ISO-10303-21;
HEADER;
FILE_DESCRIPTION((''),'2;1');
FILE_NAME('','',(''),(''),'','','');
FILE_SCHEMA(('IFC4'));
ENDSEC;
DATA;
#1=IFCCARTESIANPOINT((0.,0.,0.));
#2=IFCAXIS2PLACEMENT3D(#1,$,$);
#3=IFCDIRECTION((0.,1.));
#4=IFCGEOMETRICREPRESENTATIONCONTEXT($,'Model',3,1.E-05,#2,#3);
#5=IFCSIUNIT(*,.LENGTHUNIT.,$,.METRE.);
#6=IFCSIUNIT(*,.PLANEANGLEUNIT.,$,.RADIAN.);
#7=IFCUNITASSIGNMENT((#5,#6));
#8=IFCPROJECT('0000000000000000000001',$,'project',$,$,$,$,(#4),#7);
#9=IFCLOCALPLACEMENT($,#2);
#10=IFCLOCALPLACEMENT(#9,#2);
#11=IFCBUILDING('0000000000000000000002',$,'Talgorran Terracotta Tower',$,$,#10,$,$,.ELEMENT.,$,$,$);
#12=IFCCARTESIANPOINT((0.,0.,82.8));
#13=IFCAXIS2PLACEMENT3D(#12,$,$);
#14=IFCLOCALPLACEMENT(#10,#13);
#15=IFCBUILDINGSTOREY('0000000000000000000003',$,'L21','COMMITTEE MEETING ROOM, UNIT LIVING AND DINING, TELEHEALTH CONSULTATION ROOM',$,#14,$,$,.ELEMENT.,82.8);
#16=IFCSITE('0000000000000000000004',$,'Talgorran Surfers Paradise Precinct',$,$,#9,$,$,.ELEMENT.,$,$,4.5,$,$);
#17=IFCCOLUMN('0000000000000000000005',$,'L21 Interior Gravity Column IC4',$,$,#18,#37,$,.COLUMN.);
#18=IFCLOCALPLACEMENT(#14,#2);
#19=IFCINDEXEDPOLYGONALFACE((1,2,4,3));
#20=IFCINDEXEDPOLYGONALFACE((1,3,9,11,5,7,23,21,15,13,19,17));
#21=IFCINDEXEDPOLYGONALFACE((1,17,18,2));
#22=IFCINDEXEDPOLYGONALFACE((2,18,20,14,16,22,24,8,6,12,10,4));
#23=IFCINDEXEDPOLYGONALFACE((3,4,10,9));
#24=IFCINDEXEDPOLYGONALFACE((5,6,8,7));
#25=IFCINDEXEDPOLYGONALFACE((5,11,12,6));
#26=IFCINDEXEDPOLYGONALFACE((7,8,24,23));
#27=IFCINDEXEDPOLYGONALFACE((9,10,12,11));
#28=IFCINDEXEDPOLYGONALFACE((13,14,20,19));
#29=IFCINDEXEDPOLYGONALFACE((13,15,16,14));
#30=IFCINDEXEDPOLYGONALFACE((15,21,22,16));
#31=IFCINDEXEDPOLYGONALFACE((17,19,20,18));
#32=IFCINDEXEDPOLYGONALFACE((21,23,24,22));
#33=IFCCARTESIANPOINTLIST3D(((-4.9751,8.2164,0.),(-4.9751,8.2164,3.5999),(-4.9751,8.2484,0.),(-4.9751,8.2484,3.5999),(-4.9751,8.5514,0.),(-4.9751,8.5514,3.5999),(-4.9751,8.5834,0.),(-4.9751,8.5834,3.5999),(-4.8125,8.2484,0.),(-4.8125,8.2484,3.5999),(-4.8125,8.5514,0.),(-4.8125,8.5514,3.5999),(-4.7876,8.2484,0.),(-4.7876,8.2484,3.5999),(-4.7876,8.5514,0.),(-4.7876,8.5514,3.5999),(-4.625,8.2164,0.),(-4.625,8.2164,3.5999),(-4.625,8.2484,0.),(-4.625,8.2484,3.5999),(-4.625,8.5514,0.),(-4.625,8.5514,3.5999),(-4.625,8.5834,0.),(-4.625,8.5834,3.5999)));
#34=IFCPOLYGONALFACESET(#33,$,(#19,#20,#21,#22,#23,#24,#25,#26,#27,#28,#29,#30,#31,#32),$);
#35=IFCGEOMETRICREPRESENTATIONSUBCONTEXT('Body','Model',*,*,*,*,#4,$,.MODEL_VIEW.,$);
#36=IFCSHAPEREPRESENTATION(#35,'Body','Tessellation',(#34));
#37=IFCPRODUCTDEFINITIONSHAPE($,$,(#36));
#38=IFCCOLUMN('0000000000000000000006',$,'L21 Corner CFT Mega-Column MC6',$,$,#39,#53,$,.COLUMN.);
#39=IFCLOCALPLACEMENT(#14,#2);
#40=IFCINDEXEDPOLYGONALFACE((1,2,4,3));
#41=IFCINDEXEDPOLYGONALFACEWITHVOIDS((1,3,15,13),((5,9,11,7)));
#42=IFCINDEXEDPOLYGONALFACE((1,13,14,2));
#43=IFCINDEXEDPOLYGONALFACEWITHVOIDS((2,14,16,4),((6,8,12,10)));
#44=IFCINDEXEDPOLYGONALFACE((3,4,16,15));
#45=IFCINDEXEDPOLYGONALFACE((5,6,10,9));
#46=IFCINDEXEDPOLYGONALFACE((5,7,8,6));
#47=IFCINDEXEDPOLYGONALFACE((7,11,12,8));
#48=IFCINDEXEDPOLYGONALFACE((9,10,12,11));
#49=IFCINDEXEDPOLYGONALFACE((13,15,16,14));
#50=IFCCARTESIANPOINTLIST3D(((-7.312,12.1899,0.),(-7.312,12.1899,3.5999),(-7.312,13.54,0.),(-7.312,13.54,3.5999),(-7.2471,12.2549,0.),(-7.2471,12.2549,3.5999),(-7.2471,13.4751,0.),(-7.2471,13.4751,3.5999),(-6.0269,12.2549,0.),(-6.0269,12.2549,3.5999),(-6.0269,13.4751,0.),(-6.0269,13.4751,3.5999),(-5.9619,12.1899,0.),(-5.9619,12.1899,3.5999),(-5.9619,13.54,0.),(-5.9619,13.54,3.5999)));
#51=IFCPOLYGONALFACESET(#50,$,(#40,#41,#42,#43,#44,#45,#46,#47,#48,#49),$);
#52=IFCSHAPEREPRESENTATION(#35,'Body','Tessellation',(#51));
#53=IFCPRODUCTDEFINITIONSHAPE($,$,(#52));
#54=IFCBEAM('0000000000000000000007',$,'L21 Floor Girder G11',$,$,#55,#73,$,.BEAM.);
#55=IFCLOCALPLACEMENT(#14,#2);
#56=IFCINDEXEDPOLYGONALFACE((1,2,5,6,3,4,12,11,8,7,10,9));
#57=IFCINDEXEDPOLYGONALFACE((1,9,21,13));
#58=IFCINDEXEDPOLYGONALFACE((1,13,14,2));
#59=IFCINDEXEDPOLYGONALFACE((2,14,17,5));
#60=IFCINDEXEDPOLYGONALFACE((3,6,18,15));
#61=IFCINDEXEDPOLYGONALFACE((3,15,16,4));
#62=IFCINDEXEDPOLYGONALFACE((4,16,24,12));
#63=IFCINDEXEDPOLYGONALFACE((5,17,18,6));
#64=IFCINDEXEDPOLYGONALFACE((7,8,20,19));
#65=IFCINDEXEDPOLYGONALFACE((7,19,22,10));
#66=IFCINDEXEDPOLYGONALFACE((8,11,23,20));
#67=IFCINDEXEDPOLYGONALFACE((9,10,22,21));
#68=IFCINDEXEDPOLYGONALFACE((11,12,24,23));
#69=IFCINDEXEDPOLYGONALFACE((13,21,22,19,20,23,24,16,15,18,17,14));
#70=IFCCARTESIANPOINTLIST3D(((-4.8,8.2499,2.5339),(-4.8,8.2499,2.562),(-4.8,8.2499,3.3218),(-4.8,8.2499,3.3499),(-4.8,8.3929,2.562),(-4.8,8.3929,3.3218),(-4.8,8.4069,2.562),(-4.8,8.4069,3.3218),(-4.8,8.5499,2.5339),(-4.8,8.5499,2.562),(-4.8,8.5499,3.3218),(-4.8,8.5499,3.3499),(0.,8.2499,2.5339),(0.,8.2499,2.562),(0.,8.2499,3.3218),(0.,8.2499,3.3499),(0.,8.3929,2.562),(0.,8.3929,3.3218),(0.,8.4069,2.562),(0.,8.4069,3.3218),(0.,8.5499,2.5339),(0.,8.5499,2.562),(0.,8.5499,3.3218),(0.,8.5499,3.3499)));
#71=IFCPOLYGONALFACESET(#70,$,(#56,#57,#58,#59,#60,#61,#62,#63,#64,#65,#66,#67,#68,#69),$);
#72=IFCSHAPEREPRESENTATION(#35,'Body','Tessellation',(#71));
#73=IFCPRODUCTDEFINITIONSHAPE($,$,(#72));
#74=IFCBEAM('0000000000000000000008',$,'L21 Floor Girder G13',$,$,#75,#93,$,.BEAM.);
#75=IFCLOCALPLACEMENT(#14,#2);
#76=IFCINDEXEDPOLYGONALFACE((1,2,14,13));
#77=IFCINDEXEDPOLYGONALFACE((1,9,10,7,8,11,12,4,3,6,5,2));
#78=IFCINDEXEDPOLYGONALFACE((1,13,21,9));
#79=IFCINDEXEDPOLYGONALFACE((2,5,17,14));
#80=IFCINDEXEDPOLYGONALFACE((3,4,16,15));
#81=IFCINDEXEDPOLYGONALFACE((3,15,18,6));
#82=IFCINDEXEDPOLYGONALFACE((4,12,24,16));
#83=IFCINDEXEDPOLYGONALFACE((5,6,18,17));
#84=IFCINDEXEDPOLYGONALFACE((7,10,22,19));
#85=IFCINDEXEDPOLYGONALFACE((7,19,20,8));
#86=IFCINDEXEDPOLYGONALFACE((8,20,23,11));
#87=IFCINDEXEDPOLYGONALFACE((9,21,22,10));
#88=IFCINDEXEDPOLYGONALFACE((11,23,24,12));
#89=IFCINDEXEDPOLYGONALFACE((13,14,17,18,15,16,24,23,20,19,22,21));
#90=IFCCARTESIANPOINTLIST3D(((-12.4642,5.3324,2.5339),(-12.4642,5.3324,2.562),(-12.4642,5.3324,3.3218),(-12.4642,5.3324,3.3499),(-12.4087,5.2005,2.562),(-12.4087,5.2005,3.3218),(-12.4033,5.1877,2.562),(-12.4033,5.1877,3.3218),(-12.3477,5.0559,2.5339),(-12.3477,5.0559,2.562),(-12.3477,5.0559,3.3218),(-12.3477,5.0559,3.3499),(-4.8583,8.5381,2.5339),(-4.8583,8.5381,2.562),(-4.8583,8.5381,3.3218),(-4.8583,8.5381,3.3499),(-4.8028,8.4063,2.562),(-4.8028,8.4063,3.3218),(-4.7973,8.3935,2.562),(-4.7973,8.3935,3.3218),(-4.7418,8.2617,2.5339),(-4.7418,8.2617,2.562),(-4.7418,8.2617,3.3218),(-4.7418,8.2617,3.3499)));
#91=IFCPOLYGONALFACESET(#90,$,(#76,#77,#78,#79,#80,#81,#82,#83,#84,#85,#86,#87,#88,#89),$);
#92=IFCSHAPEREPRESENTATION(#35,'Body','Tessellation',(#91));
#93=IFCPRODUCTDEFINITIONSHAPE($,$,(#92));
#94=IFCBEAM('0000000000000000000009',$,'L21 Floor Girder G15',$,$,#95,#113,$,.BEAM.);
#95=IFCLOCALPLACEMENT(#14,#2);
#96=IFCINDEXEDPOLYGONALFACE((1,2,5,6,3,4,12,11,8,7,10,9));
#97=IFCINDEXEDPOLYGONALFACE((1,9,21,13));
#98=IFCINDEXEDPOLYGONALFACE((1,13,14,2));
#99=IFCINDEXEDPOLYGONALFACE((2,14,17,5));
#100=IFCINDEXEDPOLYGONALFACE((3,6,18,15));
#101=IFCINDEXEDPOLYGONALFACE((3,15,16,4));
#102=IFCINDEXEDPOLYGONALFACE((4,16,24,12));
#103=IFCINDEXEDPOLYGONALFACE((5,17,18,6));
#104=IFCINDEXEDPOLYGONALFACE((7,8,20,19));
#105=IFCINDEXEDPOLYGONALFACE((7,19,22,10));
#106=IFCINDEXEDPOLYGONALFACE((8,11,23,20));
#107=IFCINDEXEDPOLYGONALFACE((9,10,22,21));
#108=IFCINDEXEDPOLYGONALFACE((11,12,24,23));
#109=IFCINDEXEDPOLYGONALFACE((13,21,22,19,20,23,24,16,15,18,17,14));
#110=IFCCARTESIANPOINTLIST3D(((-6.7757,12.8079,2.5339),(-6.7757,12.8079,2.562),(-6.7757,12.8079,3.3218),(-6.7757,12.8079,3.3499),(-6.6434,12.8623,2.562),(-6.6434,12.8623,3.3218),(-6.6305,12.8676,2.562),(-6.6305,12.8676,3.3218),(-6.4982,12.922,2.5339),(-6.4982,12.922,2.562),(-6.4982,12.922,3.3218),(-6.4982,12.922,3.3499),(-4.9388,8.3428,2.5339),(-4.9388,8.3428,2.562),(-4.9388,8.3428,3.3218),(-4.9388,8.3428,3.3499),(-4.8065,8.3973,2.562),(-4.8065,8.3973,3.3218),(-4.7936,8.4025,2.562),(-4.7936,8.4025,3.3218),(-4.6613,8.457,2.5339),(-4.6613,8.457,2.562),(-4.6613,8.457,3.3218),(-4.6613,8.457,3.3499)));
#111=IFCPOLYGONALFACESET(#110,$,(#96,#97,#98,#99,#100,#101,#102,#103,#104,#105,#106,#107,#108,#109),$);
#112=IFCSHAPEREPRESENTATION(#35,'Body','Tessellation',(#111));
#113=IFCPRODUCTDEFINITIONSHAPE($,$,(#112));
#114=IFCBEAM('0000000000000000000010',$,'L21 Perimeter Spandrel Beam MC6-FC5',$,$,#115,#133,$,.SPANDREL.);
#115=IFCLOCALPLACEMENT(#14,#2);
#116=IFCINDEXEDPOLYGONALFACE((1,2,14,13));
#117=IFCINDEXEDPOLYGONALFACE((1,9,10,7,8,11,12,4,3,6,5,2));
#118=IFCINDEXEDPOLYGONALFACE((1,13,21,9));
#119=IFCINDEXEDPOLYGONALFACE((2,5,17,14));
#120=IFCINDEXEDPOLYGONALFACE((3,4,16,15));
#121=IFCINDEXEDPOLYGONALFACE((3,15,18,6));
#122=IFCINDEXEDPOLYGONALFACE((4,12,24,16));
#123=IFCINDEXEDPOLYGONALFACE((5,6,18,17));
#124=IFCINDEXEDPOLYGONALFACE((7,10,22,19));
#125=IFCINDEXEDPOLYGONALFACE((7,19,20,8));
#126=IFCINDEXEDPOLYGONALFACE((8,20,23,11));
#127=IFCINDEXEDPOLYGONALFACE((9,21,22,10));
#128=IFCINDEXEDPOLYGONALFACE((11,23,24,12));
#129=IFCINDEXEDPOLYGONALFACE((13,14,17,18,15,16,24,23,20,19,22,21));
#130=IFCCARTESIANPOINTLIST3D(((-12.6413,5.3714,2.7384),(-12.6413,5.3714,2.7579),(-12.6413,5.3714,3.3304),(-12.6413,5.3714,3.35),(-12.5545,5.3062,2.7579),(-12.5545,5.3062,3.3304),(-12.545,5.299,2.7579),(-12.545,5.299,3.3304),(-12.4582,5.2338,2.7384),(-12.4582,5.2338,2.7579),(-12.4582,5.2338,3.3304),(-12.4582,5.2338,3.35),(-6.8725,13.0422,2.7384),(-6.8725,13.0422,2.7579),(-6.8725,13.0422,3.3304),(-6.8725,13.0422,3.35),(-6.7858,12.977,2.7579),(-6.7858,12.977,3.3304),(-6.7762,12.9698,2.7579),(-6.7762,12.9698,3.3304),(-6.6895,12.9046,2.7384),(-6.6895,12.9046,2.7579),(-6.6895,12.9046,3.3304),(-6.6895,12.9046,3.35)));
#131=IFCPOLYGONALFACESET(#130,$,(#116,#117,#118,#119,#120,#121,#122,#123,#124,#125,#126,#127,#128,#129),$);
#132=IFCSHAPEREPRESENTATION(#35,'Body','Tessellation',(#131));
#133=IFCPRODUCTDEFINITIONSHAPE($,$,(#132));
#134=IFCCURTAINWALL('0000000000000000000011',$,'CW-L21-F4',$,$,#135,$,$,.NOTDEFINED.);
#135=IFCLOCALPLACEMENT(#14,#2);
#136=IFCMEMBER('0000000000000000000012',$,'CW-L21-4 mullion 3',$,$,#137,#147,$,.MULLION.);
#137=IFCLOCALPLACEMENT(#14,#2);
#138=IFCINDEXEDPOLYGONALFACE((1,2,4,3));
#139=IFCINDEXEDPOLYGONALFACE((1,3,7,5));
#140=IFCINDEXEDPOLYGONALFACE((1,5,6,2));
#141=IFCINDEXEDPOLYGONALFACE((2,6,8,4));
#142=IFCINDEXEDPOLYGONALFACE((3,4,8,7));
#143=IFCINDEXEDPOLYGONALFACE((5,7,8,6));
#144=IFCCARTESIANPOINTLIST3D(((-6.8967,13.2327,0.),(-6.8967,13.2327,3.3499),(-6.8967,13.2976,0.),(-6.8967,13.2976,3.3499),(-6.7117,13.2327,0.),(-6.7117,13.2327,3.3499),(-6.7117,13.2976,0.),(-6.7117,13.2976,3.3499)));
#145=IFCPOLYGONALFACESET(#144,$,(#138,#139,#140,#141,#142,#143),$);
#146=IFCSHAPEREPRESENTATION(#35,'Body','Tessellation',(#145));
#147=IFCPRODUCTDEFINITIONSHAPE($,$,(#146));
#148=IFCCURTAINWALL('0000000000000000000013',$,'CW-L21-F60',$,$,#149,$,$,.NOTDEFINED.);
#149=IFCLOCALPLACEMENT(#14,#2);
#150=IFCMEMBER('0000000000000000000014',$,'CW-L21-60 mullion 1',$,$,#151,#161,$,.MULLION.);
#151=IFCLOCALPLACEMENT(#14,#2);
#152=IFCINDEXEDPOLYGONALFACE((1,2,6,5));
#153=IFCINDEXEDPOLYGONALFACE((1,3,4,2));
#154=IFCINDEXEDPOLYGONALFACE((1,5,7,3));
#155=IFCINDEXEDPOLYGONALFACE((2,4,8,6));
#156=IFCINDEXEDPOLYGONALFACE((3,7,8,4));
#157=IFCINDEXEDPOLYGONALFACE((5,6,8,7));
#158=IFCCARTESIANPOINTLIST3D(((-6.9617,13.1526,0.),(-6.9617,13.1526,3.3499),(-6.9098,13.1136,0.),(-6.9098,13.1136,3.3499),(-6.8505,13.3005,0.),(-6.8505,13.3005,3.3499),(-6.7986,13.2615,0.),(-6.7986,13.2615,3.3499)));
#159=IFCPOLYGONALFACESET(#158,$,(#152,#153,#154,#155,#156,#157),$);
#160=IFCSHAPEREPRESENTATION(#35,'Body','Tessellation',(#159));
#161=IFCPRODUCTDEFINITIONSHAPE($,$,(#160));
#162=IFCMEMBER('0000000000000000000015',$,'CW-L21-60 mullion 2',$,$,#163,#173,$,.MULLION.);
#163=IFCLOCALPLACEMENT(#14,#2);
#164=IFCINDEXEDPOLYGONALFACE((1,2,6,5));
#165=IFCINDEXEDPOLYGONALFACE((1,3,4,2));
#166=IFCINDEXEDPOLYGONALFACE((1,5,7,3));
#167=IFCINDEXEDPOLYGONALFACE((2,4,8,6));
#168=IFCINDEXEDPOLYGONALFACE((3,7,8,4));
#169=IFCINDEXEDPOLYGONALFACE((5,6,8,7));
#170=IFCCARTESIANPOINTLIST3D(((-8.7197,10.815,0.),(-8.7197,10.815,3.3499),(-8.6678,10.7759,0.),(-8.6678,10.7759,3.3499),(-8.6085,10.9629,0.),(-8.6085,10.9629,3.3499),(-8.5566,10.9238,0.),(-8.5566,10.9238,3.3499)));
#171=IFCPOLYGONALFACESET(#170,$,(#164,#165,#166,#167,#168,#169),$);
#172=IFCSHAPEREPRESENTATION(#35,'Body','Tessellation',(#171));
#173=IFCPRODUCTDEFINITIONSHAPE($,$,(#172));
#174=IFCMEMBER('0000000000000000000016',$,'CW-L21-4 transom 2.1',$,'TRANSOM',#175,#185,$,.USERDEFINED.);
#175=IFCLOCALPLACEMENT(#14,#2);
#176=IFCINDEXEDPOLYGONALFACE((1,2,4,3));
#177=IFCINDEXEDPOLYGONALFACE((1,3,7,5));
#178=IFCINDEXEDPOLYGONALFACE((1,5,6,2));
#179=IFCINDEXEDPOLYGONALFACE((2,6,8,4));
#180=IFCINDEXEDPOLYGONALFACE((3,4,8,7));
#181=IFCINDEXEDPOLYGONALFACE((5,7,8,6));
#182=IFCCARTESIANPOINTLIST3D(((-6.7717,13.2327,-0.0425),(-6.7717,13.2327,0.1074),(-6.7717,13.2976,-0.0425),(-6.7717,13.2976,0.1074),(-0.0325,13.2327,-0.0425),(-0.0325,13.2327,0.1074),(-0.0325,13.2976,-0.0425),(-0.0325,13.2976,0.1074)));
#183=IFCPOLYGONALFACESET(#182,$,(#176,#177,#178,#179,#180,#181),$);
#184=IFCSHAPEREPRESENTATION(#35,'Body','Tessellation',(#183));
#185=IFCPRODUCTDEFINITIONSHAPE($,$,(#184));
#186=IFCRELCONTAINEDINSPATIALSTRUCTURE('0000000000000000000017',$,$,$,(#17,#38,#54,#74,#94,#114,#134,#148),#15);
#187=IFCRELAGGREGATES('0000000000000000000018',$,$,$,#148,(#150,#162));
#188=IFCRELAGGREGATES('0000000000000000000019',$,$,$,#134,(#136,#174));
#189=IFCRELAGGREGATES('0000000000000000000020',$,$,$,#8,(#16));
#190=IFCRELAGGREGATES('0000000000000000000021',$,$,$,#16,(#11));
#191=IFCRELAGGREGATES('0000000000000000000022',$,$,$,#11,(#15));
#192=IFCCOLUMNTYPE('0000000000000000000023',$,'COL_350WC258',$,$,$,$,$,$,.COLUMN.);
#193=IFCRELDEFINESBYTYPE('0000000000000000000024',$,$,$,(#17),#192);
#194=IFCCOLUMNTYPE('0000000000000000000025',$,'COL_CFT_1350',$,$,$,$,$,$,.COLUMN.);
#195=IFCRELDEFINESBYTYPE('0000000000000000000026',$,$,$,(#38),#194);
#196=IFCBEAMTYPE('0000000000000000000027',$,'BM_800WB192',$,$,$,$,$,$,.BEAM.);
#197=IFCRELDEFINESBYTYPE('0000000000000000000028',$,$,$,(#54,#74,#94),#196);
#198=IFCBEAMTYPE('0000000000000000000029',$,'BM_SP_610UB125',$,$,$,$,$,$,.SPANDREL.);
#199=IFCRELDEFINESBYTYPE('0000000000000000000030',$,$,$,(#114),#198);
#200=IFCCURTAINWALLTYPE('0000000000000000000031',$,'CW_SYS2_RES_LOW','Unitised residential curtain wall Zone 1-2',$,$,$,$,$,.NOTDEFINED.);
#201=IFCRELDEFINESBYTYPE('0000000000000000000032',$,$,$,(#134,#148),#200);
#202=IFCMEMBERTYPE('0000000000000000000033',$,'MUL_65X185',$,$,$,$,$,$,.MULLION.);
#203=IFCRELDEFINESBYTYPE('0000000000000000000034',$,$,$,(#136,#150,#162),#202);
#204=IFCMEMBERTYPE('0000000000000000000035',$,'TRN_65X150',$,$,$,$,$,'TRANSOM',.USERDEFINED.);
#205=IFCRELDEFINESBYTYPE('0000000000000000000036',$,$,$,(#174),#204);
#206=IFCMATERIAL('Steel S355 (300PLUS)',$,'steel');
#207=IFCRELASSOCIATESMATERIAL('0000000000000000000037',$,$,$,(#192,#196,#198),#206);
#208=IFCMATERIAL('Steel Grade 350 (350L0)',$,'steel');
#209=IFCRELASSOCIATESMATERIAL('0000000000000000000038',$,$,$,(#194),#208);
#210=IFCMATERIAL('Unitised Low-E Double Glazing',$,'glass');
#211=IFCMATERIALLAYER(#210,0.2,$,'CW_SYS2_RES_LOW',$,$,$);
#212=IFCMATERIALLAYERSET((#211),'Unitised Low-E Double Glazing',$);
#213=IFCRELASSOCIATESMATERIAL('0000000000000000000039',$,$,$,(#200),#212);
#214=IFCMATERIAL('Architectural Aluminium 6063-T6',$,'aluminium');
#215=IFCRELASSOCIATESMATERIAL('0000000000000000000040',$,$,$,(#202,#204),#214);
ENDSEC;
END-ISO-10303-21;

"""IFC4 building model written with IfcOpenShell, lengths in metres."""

from ifc_helpers import new_model, si_unit, direction, frame, origin, origin_2d, place, context, subcontext, project, spatial, rectangle, hollow_rectangle, i_section, extrude, material, layer, layer_set, material_profile, profile_set, type_object, element, aggregate, save


model = new_model("IFC4")

# Units and contexts
model_context = context("Model", 3, precision=1e-05, world=origin(), true_north=direction((0.0, 1.0)))
body_context = subcontext(model_context, "Body", "Model", "MODEL_VIEW")
ifc_project = project(units=[si_unit("LENGTHUNIT", "METRE"), si_unit("PLANEANGLEUNIT", "RADIAN")], contexts=[model_context])

# Site, building, storey
site_placement = place(None, origin())
site = spatial("IfcSite", under=ifc_project, at=site_placement, Name="Talgorran Surfers Paradise Precinct", CompositionType="ELEMENT", RefElevation=4.5)
building_placement = place(site_placement, origin())
building = spatial("IfcBuilding", under=site, at=building_placement, Name="Talgorran Terracotta Tower", CompositionType="ELEMENT")
storey_placement = place(building_placement, frame((0.0, 0.0, 82.8)))
storey = spatial("IfcBuildingStorey", under=building, at=storey_placement, Name="L21", Description="COMMITTEE MEETING ROOM, UNIT LIVING AND DINING, TELEHEALTH CONSULTATION ROOM", CompositionType="ELEMENT", Elevation=82.8)

# Columns
ifc_material_1 = material(Name="Steel S355 (300PLUS)", Category="steel")
ifc_material_profile_1 = material_profile(ifc_material_1, i_section(OverallWidth=0.3501, OverallDepth=0.3669, WebThickness=0.0249, FlangeThickness=0.032, at=origin_2d()), Name="350WC258")
ifc_profile_set_1 = profile_set([ifc_material_profile_1], Name="Steel S355 (300PLUS)")
column_type_1 = type_object("IfcColumnType", Name="COL_350WC258", PredefinedType="COLUMN", material=ifc_profile_set_1)
column_1_placement = place(storey_placement, frame((-4.8, 8.3999, 0.0), z_axis=(0.0, 0.0, 1.0), x_axis=(1.0, 0.0, 0.0)))
element("IfcColumn", 1, at=column_1_placement, inside=storey, type_object=column_type_1, Name="L21 Interior Gravity Column IC4", PredefinedType="COLUMN", context=body_context, shape_type="SweptSolid", body=[
    extrude(i_section(OverallWidth=0.3501, OverallDepth=0.3669, WebThickness=0.0249, FlangeThickness=0.032, at=origin_2d()), origin(), (0.0, 0.0, 1.0), 3.5999),
])
ifc_material_2 = material(Name="Steel Grade 350 (350L0)", Category="steel")
ifc_material_profile_2 = material_profile(ifc_material_2, hollow_rectangle(XDim=1.3501, YDim=1.3501, WallThickness=0.0649, at=origin_2d()), Name="CFT1350X1350X65")
ifc_profile_set_2 = profile_set([ifc_material_profile_2], Name="Steel Grade 350 (350L0)")
column_type_2 = type_object("IfcColumnType", Name="COL_CFT_1350", PredefinedType="COLUMN", material=ifc_profile_set_2)
column_2_placement = place(storey_placement, frame((-6.637, 12.865, 0.0), z_axis=(0.0, 0.0, 1.0), x_axis=(1.0, 0.0, 0.0)))
element("IfcColumn", 2, at=column_2_placement, inside=storey, type_object=column_type_2, Name="L21 Corner CFT Mega-Column MC6", PredefinedType="COLUMN", context=body_context, shape_type="SweptSolid", body=[
    extrude(hollow_rectangle(XDim=1.3501, YDim=1.3501, WallThickness=0.0649, at=origin_2d()), origin(), (0.0, 0.0, 1.0), 3.5999),
])

# Beams
ifc_material_profile_3 = material_profile(ifc_material_1, i_section(OverallWidth=0.3, OverallDepth=0.8159, WebThickness=0.0139, FlangeThickness=0.0281, at=origin_2d()), Name="800WB192")
ifc_profile_set_3 = profile_set([ifc_material_profile_3], Name="Steel S355 (300PLUS)")
beam_type_1 = type_object("IfcBeamType", Name="BM_800WB192", PredefinedType="BEAM", material=ifc_profile_set_3)
beam_1_placement = place(storey_placement, frame((-4.8, 8.3999, 2.9419), z_axis=(1.0, 0.0, 0.0), x_axis=(0.0, 1.0, 0.0)))
element("IfcBeam", 3, at=beam_1_placement, inside=storey, type_object=beam_type_1, Name="L21 Floor Girder G11", PredefinedType="BEAM", context=body_context, shape_type="SweptSolid", body=[
    extrude(i_section(OverallWidth=0.3, OverallDepth=0.8159, WebThickness=0.0139, FlangeThickness=0.0281, at=origin_2d()), origin(), (0.0, 0.0, 1.0), 4.8),
])
beam_2_placement = place(storey_placement, frame((-4.8, 8.3999, 2.9419), z_axis=(-0.921492, -0.388397, 0.0), x_axis=(0.388397, -0.921492, 0.0)))
element("IfcBeam", 4, at=beam_2_placement, inside=storey, type_object=beam_type_1, Name="L21 Floor Girder G13", PredefinedType="BEAM", context=body_context, shape_type="SweptSolid", body=[
    extrude(i_section(OverallWidth=0.3, OverallDepth=0.8159, WebThickness=0.0139, FlangeThickness=0.0281, at=origin_2d()), origin(), (0.0, 0.0, 1.0), 8.2539),
])
beam_3_placement = place(storey_placement, frame((-4.8, 8.3999, 2.9419), z_axis=(-0.380457, 0.924798, 0.0), x_axis=(-0.924798, -0.380457, 0.0)))
element("IfcBeam", 5, at=beam_3_placement, inside=storey, type_object=beam_type_1, Name="L21 Floor Girder G15", PredefinedType="BEAM", context=body_context, shape_type="SweptSolid", body=[
    extrude(i_section(OverallWidth=0.3, OverallDepth=0.8159, WebThickness=0.0139, FlangeThickness=0.0281, at=origin_2d()), origin(), (0.0, 0.0, 1.0), 4.8281),
])
ifc_material_profile_4 = material_profile(ifc_material_1, i_section(OverallWidth=0.229, OverallDepth=0.6116, WebThickness=0.012, FlangeThickness=0.0195, at=origin_2d()), Name="610UB125")
ifc_profile_set_4 = profile_set([ifc_material_profile_4], Name="Steel S355 (300PLUS)")
beam_type_2 = type_object("IfcBeamType", Name="BM_SP_610UB125", PredefinedType="SPANDREL", material=ifc_profile_set_4)
beam_4_placement = place(storey_placement, frame((-6.781, 12.9734, 3.0442), z_axis=(-0.601041, -0.799218, 0.0), x_axis=(0.799218, -0.601041, 0.0)))
element("IfcBeam", 6, at=beam_4_placement, inside=storey, type_object=beam_type_2, Name="L21 Perimeter Spandrel Beam MC6-FC5", PredefinedType="SPANDREL", context=body_context, shape_type="SweptSolid", body=[
    extrude(i_section(OverallWidth=0.229, OverallDepth=0.6116, WebThickness=0.012, FlangeThickness=0.0195, at=origin_2d()), origin(), (0.0, 0.0, 1.0), 9.5979),
])

# Curtain wall, member
ifc_material_3 = material(Name="Unitised Low-E Double Glazing", Category="glass")
ifc_layer_1 = layer(ifc_material_3, 0.2, Name="CW_SYS2_RES_LOW")
ifc_layer_set_1 = layer_set([ifc_layer_1], Name="Unitised Low-E Double Glazing")
curtain_wall_type = type_object("IfcCurtainWallType", Name="CW_SYS2_RES_LOW", Description="Unitised residential curtain wall Zone 1-2", PredefinedType="NOTDEFINED", material=ifc_layer_set_1)
curtain_wall_1_placement = place(storey_placement, origin())
curtain_wall_1 = element("IfcCurtainWall", 7, at=curtain_wall_1_placement, inside=storey, type_object=curtain_wall_type, Name="CW-L21-F4", PredefinedType="NOTDEFINED")
ifc_material_4 = material(Name="Architectural Aluminium 6063-T6", Category="aluminium")
ifc_material_profile_5 = material_profile(ifc_material_4, rectangle(XDim=0.0649, YDim=0.1851, at=origin_2d()), Name="CWM65X185")
ifc_profile_set_5 = profile_set([ifc_material_profile_5], Name="Architectural Aluminium 6063-T6")
member_type_1 = type_object("IfcMemberType", Name="MUL_65X185", PredefinedType="MULLION", material=ifc_profile_set_5)
member_1_placement = place(storey_placement, frame((-6.8042, 13.2651, 0.0), z_axis=(0.0, 0.0, 1.0), x_axis=(0.0, -1.0, 0.0)))
member_1 = element("IfcMember", 8, at=member_1_placement, type_object=member_type_1, Name="CW-L21-4 mullion 3", PredefinedType="MULLION", context=body_context, shape_type="SweptSolid", body=[
    extrude(rectangle(XDim=0.0649, YDim=0.1851, at=origin_2d()), origin(), (0.0, 0.0, 1.0), 3.3499),
])

# Curtain wall, members
curtain_wall_2_placement = place(storey_placement, origin())
curtain_wall_2 = element("IfcCurtainWall", 9, at=curtain_wall_2_placement, inside=storey, type_object=curtain_wall_type, Name="CW-L21-F60", PredefinedType="NOTDEFINED")
member_2_placement = place(storey_placement, frame((-6.8801, 13.207, 0.0), z_axis=(0.0, 0.0, 1.0), x_axis=(0.799213, -0.601048, 0.0)))
member_2 = element("IfcMember", 10, at=member_2_placement, type_object=member_type_1, Name="CW-L21-60 mullion 1", PredefinedType="MULLION", context=body_context, shape_type="SweptSolid", body=[
    extrude(rectangle(XDim=0.0649, YDim=0.1851, at=origin_2d()), origin(), (0.0, 0.0, 1.0), 3.3499),
])
member_3_placement = place(storey_placement, frame((-8.6382, 10.8694, 0.0), z_axis=(0.0, 0.0, 1.0), x_axis=(0.799213, -0.601048, 0.0)))
member_3 = element("IfcMember", 11, at=member_3_placement, type_object=member_type_1, Name="CW-L21-60 mullion 2", PredefinedType="MULLION", context=body_context, shape_type="SweptSolid", body=[
    extrude(rectangle(XDim=0.0649, YDim=0.1851, at=origin_2d()), origin(), (0.0, 0.0, 1.0), 3.3499),
])

# Member
ifc_material_profile_6 = material_profile(ifc_material_4, rectangle(XDim=0.0649, YDim=0.1499, at=origin_2d()), Name="CWT65X150")
ifc_profile_set_6 = profile_set([ifc_material_profile_6], Name="Architectural Aluminium 6063-T6")
member_type_2 = type_object("IfcMemberType", Name="TRN_65X150", ElementType="TRANSOM", PredefinedType="USERDEFINED", material=ifc_profile_set_6)
member_4_placement = place(storey_placement, frame((-0.0325, 13.2651, 0.0325), z_axis=(-1.0, 0.0, 0.0), x_axis=(0.0, -1.0, 0.0)))
member_4 = element("IfcMember", 12, at=member_4_placement, type_object=member_type_2, Name="CW-L21-4 transom 2.1", ObjectType="TRANSOM", PredefinedType="USERDEFINED", context=body_context, shape_type="SweptSolid", body=[
    extrude(rectangle(XDim=0.0649, YDim=0.1499, at=origin_2d()), origin(), (0.0, 0.0, 1.0), 6.7393),
])

aggregate(curtain_wall_2, [member_2, member_3])
aggregate(curtain_wall_1, [member_1, member_4])

save(model, "model.ifc")
